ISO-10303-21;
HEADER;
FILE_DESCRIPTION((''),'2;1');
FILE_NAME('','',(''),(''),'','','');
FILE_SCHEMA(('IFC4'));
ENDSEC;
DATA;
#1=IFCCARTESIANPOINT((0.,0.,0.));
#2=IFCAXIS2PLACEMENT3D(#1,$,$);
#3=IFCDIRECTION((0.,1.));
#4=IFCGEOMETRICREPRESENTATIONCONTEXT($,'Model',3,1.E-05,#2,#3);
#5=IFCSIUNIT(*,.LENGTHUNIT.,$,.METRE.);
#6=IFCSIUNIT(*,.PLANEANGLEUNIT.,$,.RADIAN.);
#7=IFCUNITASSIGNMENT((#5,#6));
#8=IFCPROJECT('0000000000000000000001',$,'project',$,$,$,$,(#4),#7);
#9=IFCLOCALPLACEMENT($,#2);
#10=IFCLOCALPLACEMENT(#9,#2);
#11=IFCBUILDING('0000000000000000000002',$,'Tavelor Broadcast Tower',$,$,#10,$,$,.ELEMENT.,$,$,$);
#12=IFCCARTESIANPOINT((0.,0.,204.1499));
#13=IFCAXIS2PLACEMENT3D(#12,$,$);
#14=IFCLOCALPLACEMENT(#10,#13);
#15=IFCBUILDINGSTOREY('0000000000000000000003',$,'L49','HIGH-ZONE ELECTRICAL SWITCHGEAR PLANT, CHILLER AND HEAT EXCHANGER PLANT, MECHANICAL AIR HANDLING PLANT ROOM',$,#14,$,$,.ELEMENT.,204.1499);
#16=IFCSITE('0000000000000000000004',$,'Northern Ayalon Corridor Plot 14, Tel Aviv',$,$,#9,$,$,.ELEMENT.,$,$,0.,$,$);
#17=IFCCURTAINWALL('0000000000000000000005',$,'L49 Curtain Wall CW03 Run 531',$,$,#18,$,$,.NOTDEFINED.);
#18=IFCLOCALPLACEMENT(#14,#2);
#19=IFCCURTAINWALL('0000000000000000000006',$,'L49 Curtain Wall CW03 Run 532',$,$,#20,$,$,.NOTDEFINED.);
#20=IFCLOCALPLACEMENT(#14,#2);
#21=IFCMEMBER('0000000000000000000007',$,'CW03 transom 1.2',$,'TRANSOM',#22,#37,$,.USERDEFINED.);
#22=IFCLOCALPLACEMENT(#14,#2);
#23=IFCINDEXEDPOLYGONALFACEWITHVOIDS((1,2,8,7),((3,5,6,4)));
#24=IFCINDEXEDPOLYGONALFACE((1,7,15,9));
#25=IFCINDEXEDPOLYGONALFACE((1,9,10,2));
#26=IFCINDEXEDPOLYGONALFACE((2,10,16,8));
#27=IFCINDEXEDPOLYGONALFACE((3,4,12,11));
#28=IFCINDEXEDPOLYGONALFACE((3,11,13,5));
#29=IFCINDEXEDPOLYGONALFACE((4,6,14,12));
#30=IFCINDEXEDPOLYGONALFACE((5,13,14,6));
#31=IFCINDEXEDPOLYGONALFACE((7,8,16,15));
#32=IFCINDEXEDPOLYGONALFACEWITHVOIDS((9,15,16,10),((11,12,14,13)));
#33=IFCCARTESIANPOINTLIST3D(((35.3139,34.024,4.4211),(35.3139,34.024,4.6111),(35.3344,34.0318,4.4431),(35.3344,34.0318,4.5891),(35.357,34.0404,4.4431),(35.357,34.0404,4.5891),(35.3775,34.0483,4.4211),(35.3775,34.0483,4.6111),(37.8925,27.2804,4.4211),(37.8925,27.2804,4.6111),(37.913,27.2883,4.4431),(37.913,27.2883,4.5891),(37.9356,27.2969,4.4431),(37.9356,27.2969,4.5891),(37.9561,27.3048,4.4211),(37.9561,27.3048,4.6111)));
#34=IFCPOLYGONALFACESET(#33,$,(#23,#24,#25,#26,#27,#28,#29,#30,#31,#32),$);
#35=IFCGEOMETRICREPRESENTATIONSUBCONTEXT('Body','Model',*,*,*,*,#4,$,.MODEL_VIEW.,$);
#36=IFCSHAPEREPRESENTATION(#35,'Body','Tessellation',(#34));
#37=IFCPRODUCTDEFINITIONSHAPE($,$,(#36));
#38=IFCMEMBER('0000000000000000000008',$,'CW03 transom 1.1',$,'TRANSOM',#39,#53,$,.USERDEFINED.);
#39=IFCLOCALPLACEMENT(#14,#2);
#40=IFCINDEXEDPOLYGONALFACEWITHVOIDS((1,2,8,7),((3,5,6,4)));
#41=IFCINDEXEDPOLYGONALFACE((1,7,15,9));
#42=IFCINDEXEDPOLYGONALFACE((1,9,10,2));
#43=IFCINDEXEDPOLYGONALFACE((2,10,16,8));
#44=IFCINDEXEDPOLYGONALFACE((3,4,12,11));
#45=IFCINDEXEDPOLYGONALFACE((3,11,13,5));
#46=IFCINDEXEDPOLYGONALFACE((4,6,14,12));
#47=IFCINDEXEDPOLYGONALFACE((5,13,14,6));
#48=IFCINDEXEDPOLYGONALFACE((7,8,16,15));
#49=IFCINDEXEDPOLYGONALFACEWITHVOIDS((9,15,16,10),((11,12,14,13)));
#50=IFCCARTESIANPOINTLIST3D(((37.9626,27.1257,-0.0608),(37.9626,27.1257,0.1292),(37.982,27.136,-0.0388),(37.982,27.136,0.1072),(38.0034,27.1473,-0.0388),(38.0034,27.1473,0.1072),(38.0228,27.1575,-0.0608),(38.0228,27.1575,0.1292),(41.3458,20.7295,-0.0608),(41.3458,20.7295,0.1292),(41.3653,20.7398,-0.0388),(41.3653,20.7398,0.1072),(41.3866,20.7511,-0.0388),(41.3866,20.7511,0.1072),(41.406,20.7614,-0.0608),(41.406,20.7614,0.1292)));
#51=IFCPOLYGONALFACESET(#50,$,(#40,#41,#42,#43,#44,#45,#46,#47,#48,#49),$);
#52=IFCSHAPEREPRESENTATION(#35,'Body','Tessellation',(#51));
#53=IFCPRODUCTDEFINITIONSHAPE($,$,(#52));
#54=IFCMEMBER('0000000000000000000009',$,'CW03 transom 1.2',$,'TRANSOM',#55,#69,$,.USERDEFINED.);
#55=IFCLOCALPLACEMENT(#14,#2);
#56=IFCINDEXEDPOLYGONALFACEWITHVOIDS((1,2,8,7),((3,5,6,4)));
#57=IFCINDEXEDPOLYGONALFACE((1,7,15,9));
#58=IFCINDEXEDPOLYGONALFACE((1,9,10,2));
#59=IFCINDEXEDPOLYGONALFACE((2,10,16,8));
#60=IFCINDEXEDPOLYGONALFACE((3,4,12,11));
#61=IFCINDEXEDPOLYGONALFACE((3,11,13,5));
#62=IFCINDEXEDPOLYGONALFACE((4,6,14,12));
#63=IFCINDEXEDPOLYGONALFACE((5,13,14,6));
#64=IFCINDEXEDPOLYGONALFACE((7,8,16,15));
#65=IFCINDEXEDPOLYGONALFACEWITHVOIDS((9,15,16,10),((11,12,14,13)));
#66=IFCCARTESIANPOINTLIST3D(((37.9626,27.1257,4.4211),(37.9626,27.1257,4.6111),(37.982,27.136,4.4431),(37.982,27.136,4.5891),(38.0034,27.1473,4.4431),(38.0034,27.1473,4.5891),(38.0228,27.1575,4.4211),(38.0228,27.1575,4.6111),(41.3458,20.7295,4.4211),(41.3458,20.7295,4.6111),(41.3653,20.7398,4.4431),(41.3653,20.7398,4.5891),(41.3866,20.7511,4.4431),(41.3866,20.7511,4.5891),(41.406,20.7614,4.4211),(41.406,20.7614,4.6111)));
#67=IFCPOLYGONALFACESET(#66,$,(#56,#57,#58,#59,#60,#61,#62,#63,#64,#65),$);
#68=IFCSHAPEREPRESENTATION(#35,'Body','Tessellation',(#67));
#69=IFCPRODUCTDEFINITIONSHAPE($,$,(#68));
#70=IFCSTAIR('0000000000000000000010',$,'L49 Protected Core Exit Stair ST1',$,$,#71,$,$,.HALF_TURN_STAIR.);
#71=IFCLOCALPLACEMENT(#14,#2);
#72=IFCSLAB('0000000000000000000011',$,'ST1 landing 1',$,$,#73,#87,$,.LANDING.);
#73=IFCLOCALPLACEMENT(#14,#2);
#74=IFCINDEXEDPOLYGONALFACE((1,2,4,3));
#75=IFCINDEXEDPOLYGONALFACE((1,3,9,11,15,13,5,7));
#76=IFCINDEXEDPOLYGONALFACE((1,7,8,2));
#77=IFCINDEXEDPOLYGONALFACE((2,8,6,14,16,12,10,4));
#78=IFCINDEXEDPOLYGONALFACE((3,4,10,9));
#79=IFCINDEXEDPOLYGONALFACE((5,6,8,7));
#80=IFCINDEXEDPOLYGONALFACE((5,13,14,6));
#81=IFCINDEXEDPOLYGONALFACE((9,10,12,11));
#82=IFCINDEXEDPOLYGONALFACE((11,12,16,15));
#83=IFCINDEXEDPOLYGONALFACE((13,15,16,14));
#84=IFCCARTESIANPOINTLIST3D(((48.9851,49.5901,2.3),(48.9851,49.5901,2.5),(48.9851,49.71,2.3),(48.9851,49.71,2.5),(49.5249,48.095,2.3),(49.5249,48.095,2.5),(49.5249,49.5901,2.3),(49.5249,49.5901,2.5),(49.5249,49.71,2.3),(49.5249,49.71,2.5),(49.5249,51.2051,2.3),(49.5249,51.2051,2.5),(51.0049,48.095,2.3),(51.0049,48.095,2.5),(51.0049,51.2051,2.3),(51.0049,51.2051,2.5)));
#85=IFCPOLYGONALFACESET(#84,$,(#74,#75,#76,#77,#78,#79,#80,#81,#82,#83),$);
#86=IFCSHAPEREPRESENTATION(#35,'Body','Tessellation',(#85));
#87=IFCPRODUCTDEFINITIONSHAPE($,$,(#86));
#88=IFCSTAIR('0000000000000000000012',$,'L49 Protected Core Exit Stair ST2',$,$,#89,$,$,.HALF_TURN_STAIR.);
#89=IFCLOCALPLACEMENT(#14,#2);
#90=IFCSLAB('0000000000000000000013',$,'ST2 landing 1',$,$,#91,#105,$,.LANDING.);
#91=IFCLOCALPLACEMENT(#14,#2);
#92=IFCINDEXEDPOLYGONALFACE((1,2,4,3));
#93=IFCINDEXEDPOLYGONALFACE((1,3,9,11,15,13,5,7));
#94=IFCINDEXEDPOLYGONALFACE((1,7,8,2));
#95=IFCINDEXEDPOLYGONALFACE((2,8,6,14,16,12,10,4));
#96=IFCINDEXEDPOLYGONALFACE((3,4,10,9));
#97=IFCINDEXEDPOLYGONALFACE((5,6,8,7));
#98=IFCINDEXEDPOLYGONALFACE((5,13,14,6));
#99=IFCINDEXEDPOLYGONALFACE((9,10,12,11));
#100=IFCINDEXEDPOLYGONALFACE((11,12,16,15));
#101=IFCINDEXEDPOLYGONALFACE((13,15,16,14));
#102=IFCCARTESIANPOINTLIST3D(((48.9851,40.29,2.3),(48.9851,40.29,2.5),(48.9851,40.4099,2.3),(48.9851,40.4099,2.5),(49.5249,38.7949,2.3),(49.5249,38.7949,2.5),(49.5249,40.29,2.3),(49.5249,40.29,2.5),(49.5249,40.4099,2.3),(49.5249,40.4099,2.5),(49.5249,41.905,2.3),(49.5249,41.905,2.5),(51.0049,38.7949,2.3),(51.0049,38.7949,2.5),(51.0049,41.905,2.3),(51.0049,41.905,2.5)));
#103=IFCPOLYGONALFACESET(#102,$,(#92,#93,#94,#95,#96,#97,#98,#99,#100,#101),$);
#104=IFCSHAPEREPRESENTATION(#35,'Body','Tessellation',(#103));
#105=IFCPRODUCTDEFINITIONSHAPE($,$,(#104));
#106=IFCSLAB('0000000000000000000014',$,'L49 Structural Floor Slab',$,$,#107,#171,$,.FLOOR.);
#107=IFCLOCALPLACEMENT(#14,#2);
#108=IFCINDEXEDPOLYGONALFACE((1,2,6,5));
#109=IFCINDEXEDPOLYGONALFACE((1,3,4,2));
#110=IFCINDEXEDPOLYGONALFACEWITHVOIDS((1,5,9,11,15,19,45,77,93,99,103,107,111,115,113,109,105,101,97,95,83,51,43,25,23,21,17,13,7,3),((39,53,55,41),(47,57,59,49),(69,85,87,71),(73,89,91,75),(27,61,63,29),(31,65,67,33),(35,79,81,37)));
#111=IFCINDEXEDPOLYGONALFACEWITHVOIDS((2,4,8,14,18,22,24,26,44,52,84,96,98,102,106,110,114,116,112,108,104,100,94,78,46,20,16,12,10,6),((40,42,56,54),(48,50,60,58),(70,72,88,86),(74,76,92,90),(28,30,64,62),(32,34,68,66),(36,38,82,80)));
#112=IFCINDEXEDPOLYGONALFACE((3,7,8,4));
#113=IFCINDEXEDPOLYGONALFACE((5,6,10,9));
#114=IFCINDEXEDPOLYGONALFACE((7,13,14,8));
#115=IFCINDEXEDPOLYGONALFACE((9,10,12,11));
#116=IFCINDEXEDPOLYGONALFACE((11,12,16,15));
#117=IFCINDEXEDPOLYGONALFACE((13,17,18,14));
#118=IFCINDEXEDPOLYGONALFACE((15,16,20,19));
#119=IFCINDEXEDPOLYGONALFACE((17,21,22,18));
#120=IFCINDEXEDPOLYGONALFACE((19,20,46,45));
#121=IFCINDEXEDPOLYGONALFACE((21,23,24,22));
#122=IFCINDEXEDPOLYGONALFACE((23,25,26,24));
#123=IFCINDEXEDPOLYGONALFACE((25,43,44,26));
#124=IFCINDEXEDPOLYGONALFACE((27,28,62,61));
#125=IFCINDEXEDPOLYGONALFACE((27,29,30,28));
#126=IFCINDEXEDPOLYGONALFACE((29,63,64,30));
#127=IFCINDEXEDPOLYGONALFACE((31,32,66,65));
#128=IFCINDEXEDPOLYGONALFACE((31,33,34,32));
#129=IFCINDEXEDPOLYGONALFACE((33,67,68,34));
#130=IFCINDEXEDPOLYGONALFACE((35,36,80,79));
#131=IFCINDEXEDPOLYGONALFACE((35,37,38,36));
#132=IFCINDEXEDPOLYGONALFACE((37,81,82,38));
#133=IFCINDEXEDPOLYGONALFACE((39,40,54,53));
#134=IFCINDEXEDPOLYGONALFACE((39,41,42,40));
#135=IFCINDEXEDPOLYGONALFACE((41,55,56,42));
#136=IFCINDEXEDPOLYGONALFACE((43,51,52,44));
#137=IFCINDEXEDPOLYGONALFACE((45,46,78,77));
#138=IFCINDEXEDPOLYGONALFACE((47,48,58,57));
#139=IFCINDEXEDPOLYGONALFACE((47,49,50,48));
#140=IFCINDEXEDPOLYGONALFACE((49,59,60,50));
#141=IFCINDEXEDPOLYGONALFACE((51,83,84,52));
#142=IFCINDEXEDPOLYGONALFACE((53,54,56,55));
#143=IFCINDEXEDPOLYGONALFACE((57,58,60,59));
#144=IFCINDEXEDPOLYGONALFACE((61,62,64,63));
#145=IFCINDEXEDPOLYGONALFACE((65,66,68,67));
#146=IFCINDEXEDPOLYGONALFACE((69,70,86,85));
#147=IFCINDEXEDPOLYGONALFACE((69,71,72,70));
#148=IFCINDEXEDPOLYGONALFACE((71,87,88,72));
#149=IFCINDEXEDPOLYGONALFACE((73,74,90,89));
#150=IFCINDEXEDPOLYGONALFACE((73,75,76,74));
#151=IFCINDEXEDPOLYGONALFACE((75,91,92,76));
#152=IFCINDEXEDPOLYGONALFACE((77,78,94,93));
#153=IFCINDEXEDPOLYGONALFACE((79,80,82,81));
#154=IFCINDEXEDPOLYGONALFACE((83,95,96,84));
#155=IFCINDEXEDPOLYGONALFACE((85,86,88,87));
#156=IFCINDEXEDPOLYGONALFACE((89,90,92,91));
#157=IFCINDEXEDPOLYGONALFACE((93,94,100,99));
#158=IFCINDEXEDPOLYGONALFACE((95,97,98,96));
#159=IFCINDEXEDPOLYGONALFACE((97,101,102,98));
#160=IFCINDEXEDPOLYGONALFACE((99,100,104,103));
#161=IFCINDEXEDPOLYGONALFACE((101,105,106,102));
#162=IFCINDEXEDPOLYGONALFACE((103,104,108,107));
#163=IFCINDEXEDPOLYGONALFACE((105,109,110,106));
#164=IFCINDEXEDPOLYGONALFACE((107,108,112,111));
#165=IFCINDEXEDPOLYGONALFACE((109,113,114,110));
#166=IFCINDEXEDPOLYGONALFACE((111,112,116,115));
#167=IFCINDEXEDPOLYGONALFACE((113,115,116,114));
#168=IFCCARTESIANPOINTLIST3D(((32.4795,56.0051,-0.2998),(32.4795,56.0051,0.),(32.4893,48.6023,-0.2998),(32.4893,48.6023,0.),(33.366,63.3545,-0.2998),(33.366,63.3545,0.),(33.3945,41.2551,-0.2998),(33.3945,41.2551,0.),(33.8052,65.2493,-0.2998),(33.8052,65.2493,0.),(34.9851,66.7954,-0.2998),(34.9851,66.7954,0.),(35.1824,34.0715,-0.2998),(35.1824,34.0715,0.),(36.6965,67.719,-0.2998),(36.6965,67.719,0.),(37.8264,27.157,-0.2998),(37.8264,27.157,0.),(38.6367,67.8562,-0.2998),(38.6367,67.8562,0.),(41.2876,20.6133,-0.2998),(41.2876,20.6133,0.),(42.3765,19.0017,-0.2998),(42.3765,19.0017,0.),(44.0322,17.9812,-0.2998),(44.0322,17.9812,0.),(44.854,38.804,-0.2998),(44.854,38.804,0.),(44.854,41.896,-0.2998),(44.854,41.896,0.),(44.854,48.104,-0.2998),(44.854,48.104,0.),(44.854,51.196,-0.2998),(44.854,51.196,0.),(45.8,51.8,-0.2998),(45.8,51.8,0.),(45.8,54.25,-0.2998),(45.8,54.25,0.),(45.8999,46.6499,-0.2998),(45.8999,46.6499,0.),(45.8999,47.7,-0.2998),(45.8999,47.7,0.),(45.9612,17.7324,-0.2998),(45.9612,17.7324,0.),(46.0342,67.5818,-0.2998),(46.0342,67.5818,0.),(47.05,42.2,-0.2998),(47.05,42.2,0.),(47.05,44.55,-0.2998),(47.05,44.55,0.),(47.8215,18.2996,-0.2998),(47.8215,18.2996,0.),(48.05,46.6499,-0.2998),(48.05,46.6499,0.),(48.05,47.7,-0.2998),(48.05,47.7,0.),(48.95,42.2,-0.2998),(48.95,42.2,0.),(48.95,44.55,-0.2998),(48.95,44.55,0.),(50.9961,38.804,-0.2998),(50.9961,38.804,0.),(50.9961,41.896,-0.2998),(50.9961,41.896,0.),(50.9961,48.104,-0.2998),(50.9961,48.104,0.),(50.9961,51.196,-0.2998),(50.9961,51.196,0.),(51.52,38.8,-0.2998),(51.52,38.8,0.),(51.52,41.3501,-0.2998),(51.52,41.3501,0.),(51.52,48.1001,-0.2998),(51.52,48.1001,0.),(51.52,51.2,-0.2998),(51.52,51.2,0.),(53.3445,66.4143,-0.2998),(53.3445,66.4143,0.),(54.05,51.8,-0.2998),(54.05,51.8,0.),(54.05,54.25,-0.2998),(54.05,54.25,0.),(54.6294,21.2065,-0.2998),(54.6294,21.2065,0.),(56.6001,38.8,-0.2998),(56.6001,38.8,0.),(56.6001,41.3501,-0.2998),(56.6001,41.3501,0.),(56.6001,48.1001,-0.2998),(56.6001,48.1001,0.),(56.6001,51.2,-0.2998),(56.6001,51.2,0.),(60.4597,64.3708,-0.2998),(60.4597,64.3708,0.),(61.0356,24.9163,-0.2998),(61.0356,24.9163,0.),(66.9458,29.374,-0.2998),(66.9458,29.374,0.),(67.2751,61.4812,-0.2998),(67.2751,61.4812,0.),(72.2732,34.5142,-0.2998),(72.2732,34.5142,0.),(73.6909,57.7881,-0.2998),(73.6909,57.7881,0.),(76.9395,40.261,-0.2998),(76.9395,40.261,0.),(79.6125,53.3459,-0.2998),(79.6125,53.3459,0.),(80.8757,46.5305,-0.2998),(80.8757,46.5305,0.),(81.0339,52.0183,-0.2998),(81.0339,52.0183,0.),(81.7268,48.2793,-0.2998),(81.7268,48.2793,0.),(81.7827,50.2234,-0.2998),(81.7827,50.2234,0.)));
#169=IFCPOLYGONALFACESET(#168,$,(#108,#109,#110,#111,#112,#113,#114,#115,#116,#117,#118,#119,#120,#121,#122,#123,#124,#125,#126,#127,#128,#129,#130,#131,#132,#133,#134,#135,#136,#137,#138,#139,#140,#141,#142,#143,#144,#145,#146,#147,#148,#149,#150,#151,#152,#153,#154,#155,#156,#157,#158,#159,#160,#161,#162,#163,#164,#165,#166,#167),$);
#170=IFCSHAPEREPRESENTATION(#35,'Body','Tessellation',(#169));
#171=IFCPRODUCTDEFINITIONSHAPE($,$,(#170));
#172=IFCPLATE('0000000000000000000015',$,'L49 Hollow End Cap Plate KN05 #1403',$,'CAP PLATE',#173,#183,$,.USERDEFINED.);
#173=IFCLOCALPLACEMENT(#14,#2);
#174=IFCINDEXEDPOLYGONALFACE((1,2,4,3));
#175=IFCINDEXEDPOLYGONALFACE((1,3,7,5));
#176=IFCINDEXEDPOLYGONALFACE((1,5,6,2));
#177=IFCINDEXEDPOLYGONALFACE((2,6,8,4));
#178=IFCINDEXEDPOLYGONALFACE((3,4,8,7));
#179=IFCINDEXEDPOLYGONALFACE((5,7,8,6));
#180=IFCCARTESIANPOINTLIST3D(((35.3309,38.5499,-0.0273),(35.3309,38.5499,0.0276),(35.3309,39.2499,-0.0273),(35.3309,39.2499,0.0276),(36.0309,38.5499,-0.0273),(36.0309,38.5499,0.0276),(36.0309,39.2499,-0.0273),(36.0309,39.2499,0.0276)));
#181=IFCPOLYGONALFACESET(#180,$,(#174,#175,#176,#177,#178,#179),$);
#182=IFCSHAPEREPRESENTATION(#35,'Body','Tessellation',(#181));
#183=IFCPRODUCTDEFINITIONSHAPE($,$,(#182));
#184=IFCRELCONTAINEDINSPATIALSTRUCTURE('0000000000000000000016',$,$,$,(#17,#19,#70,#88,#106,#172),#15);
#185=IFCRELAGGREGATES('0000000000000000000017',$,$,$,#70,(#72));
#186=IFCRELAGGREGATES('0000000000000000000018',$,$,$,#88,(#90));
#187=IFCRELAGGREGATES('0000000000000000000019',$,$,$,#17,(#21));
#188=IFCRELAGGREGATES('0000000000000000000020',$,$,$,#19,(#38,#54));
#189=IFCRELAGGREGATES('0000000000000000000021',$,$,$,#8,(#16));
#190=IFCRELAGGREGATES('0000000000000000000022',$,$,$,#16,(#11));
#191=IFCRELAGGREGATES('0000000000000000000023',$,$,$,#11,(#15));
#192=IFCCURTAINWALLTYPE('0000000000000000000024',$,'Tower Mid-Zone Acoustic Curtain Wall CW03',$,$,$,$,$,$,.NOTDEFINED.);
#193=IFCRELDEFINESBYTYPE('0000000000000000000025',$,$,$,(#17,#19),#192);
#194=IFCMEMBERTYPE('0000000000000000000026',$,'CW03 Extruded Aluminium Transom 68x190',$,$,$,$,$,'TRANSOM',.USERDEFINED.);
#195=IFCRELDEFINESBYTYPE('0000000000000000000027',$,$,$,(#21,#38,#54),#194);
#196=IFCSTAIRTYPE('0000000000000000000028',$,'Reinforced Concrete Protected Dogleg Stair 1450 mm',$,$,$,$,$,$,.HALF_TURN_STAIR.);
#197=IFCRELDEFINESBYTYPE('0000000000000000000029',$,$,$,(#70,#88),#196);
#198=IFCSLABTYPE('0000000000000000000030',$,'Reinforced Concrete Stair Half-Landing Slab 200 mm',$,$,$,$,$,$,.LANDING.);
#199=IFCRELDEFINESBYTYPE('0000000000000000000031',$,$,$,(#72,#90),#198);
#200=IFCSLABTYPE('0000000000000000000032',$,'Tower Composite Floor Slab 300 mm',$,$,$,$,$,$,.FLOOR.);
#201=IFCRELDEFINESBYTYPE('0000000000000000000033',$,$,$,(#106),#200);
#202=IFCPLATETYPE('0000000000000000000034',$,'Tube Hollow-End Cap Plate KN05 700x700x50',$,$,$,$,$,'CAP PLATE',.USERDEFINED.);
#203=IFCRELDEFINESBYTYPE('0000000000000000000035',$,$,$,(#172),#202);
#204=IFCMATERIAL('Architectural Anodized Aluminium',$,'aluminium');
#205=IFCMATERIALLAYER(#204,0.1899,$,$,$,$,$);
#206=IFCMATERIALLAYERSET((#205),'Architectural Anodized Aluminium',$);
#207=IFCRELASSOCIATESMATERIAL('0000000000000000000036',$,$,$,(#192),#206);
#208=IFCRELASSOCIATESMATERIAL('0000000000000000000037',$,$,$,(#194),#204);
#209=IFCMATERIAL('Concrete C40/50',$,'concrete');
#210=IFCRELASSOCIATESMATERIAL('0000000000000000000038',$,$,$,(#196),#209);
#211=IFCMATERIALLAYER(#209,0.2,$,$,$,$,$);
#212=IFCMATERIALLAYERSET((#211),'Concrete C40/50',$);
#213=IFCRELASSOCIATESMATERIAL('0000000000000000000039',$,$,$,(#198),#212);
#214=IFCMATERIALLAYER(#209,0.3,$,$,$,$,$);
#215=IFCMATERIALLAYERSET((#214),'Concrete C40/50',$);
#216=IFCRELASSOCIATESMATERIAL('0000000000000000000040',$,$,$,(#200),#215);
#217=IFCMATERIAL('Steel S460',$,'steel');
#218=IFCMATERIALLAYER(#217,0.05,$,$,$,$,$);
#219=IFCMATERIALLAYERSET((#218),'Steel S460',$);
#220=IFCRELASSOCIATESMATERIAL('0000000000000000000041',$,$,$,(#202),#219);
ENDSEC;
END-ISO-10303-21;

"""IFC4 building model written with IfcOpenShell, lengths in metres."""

from ifc_helpers import new_model, si_unit, direction, frame, origin, origin_2d, place, context, subcontext, project, spatial, polyline, rectangle, hollow_rectangle, outline, extrude, source, transform, mapped, material, layer, layer_set, material_profile, profile_set, type_object, type_shapes, element, aggregate, save


model = new_model("IFC4")

# Units and contexts
model_context = context("Model", 3, precision=1e-05, world=origin(), true_north=direction((0.0, 1.0)))
body_context = subcontext(model_context, "Body", "Model", "MODEL_VIEW")
ifc_project = project(units=[si_unit("LENGTHUNIT", "METRE"), si_unit("PLANEANGLEUNIT", "RADIAN")], contexts=[model_context])

# Site, building, storey
site_placement = place(None, origin())
site = spatial("IfcSite", under=ifc_project, at=site_placement, Name="Northern Ayalon Corridor Plot 14, Tel Aviv", CompositionType="ELEMENT", RefElevation=0.0)
building_placement = place(site_placement, origin())
building = spatial("IfcBuilding", under=site, at=building_placement, Name="Tavelor Broadcast Tower", CompositionType="ELEMENT")
storey_placement = place(building_placement, frame((0.0, 0.0, 204.1499)))
storey = spatial("IfcBuildingStorey", under=building, at=storey_placement, Name="L49", Description="HIGH-ZONE ELECTRICAL SWITCHGEAR PLANT, CHILLER AND HEAT EXCHANGER PLANT, MECHANICAL AIR HANDLING PLANT ROOM", CompositionType="ELEMENT", Elevation=204.1499)

# Shared definitions
ifc_material_1 = material(Name="Steel S460", Category="steel")

# Shared definitions
ifc_material_2 = material(Name="Architectural Anodized Aluminium", Category="aluminium")
ifc_layer_1 = layer(ifc_material_2, 0.1899)
ifc_layer_set_1 = layer_set([ifc_layer_1], Name="Architectural Anodized Aluminium")
curtain_wall_type = type_object("IfcCurtainWallType", Name="Tower Mid-Zone Acoustic Curtain Wall CW03", PredefinedType="NOTDEFINED", material=ifc_layer_set_1)

# Curtain wall
curtain_wall_1_placement = place(storey_placement, origin())
curtain_wall_1 = element("IfcCurtainWall", 1, at=curtain_wall_1_placement, inside=storey, type_object=curtain_wall_type, Name="L49 Curtain Wall CW03 Run 531", PredefinedType="NOTDEFINED")

# Curtain wall
curtain_wall_2_placement = place(storey_placement, origin())
curtain_wall_2 = element("IfcCurtainWall", 2, at=curtain_wall_2_placement, inside=storey, type_object=curtain_wall_type, Name="L49 Curtain Wall CW03 Run 532", PredefinedType="NOTDEFINED")

# Members
ifc_material_profile_1 = material_profile(ifc_material_2, hollow_rectangle(XDim=0.0681, YDim=0.1899, WallThickness=0.022, at=origin_2d()), Name="RHS 68x190x22")
ifc_profile_set_1 = profile_set([ifc_material_profile_1], Name="Architectural Anodized Aluminium")
member_type_1 = type_object("IfcMemberType", Name="CW03 Extruded Aluminium Transom 68x190", ElementType="TRANSOM", PredefinedType="USERDEFINED", material=ifc_profile_set_1)
shared_shape_1 = source(origin(), body_context, "Body", "SweptSolid", [
    extrude(hollow_rectangle(XDim=0.0681, YDim=0.1899, WallThickness=0.022, at=origin_2d()), origin(), (0.0, 0.0, 1.0), 7.2197),
])
member_1_placement = place(storey_placement, frame((35.3457, 34.0361, 4.5161), z_axis=(0.357157, -0.934045, 0.0), x_axis=(0.934045, 0.357157, 0.0)))
member_1 = element("IfcMember", 3, at=member_1_placement, type_object=member_type_1, Name="CW03 transom 1.2", ObjectType="TRANSOM", PredefinedType="USERDEFINED", context=body_context, shape_type="MappedRepresentation", body=[
    mapped(shared_shape_1, transform((0.0, 0.0, 0.0), scale=1.0)),
])
shared_shape_2 = source(origin(), body_context, "Body", "SweptSolid", [
    extrude(hollow_rectangle(XDim=0.0681, YDim=0.1899, WallThickness=0.022, at=origin_2d()), origin(), (0.0, 0.0, 1.0), 7.2358),
])
type_shapes(member_type_1, [shared_shape_1, shared_shape_2])
member_2_placement = place(storey_placement, frame((37.9927, 27.1416, 0.0342), z_axis=(0.46757, -0.883956, 0.0), x_axis=(0.883956, 0.46757, 0.0)))
member_2 = element("IfcMember", 4, at=member_2_placement, type_object=member_type_1, Name="CW03 transom 1.1", ObjectType="TRANSOM", PredefinedType="USERDEFINED", context=body_context, shape_type="MappedRepresentation", body=[
    mapped(shared_shape_2, transform((0.0, 0.0, 0.0), scale=1.0)),
])
member_3_placement = place(storey_placement, frame((37.9927, 27.1416, 4.5161), z_axis=(0.46757, -0.883956, 0.0), x_axis=(0.883956, 0.46757, 0.0)))
member_3 = element("IfcMember", 5, at=member_3_placement, type_object=member_type_1, Name="CW03 transom 1.2", ObjectType="TRANSOM", PredefinedType="USERDEFINED", context=body_context, shape_type="MappedRepresentation", body=[
    mapped(shared_shape_2, transform((0.0, 0.0, 0.0), scale=1.0)),
])

# Stairs, slabs
ifc_material_3 = material(Name="Concrete C40/50", Category="concrete")
stair_type = type_object("IfcStairType", Name="Reinforced Concrete Protected Dogleg Stair 1450 mm", PredefinedType="HALF_TURN_STAIR", material=ifc_material_3)
stair_1_placement = place(storey_placement, origin())
stair_1 = element("IfcStair", 6, at=stair_1_placement, inside=storey, type_object=stair_type, Name="L49 Protected Core Exit Stair ST1", PredefinedType="HALF_TURN_STAIR")
ifc_layer_2 = layer(ifc_material_3, 0.2)
ifc_layer_set_2 = layer_set([ifc_layer_2], Name="Concrete C40/50")
slab_type_1 = type_object("IfcSlabType", Name="Reinforced Concrete Stair Half-Landing Slab 200 mm", PredefinedType="LANDING", material=ifc_layer_set_2)
slab_1_placement = place(storey_placement, frame((0.0, 0.0, 2.3)))
slab_1 = element("IfcSlab", 7, at=slab_1_placement, type_object=slab_type_1, Name="ST1 landing 1", PredefinedType="LANDING", context=body_context, shape_type="SweptSolid", body=[
    extrude(outline(polyline([(49.5249, 49.5901), (49.5249, 48.095), (51.0049, 48.095), (51.0049, 51.2051), (49.5249, 51.2051), (49.5249, 49.71), (48.9851, 49.71), (48.9851, 49.5901), (49.5249, 49.5901)])), origin(), (0.0, 0.0, 1.0), 0.2),
])
aggregate(stair_1, [slab_1])
stair_2_placement = place(storey_placement, origin())
stair_2 = element("IfcStair", 8, at=stair_2_placement, inside=storey, type_object=stair_type, Name="L49 Protected Core Exit Stair ST2", PredefinedType="HALF_TURN_STAIR")
slab_2_placement = place(storey_placement, frame((0.0, 0.0, 2.3)))
slab_2 = element("IfcSlab", 9, at=slab_2_placement, type_object=slab_type_1, Name="ST2 landing 1", PredefinedType="LANDING", context=body_context, shape_type="SweptSolid", body=[
    extrude(outline(polyline([(49.5249, 40.29), (49.5249, 38.7949), (51.0049, 38.7949), (51.0049, 41.905), (49.5249, 41.905), (49.5249, 40.4099), (48.9851, 40.4099), (48.9851, 40.29), (49.5249, 40.29)])), origin(), (0.0, 0.0, 1.0), 0.2),
])
aggregate(stair_2, [slab_2])

# Slab
ifc_layer_3 = layer(ifc_material_3, 0.3)
ifc_layer_set_3 = layer_set([ifc_layer_3], Name="Concrete C40/50")
slab_type_2 = type_object("IfcSlabType", Name="Tower Composite Floor Slab 300 mm", PredefinedType="FLOOR", material=ifc_layer_set_3)
slab_3_placement = place(storey_placement, frame((0.0, 0.0, -0.2998)))
element("IfcSlab", 10, at=slab_3_placement, inside=storey, type_object=slab_type_2, Name="L49 Structural Floor Slab", PredefinedType="FLOOR", context=body_context, shape_type="SweptSolid", body=[
    extrude(outline(polyline([(38.6367, 67.8562), (36.6965, 67.719), (34.9851, 66.7954), (33.8052, 65.2493), (33.366, 63.3545), (32.4795, 56.0051), (32.4893, 48.6023), (33.3945, 41.2551), (35.1824, 34.0715), (37.8264, 27.157), (41.2876, 20.6133), (42.3765, 19.0017), (44.0322, 17.9812), (45.9612, 17.7324), (47.8215, 18.2996), (54.6294, 21.2065), (61.0356, 24.9163), (66.9458, 29.374), (72.2732, 34.5142), (76.9395, 40.261), (80.8757, 46.5305), (81.7268, 48.2793), (81.7827, 50.2234), (81.0339, 52.0183), (79.6125, 53.3459), (73.6909, 57.7881), (67.2751, 61.4812), (60.4597, 64.3708), (53.3445, 66.4143), (46.0342, 67.5818), (38.6367, 67.8562)]), holes=[polyline([(56.6001, 41.3501), (56.6001, 38.8), (51.52, 38.8), (51.52, 41.3501), (56.6001, 41.3501)]), polyline([(50.9961, 38.804), (44.854, 38.804), (44.854, 41.896), (50.9961, 41.896), (50.9961, 38.804)]), polyline([(47.05, 42.2), (47.05, 44.55), (48.95, 44.55), (48.95, 42.2), (47.05, 42.2)]), polyline([(48.05, 46.6499), (45.8999, 46.6499), (45.8999, 47.7), (48.05, 47.7), (48.05, 46.6499)]), polyline([(50.9961, 48.104), (44.854, 48.104), (44.854, 51.196), (50.9961, 51.196), (50.9961, 48.104)]), polyline([(56.6001, 48.1001), (51.52, 48.1001), (51.52, 51.2), (56.6001, 51.2), (56.6001, 48.1001)]), polyline([(54.05, 51.8), (45.8, 51.8), (45.8, 54.25), (54.05, 54.25), (54.05, 51.8)])]), origin(), (0.0, 0.0, 1.0), 0.2998),
])

# Plate
ifc_layer_4 = layer(ifc_material_1, 0.05)
ifc_layer_set_4 = layer_set([ifc_layer_4], Name="Steel S460")
plate_type_1 = type_object("IfcPlateType", Name="Tube Hollow-End Cap Plate KN05 700x700x50", ElementType="CAP PLATE", PredefinedType="USERDEFINED", material=ifc_layer_set_4)
shared_shape_3 = source(origin(), body_context, "Body", "SweptSolid", [
    extrude(rectangle(XDim=0.7, YDim=0.7, at=origin_2d()), origin(), (0.0, 0.0, 1.0), 0.0549),
])
type_shapes(plate_type_1, [shared_shape_3])
for number, where, z_axis, x_axis, name in (
    (11, (35.6809, 38.8999, -0.0273), (0.0, 0.0, 1.0), (1.0, 0.0, 0.0), "L49 Hollow End Cap Plate KN05 #1403"),
):
    element("IfcPlate", number, at=place(storey_placement, frame(where, z_axis=z_axis, x_axis=x_axis)), inside=storey, type_object=plate_type_1, Name=name, ObjectType="CAP PLATE", PredefinedType="USERDEFINED", context=body_context, shape_type="MappedRepresentation", body=[
        mapped(shared_shape_3, transform((0.0, 0.0, 0.0), scale=1.0)),
    ])

aggregate(curtain_wall_1, [member_1])
aggregate(curtain_wall_2, [member_2, member_3])

save(model, "model.ifc")
